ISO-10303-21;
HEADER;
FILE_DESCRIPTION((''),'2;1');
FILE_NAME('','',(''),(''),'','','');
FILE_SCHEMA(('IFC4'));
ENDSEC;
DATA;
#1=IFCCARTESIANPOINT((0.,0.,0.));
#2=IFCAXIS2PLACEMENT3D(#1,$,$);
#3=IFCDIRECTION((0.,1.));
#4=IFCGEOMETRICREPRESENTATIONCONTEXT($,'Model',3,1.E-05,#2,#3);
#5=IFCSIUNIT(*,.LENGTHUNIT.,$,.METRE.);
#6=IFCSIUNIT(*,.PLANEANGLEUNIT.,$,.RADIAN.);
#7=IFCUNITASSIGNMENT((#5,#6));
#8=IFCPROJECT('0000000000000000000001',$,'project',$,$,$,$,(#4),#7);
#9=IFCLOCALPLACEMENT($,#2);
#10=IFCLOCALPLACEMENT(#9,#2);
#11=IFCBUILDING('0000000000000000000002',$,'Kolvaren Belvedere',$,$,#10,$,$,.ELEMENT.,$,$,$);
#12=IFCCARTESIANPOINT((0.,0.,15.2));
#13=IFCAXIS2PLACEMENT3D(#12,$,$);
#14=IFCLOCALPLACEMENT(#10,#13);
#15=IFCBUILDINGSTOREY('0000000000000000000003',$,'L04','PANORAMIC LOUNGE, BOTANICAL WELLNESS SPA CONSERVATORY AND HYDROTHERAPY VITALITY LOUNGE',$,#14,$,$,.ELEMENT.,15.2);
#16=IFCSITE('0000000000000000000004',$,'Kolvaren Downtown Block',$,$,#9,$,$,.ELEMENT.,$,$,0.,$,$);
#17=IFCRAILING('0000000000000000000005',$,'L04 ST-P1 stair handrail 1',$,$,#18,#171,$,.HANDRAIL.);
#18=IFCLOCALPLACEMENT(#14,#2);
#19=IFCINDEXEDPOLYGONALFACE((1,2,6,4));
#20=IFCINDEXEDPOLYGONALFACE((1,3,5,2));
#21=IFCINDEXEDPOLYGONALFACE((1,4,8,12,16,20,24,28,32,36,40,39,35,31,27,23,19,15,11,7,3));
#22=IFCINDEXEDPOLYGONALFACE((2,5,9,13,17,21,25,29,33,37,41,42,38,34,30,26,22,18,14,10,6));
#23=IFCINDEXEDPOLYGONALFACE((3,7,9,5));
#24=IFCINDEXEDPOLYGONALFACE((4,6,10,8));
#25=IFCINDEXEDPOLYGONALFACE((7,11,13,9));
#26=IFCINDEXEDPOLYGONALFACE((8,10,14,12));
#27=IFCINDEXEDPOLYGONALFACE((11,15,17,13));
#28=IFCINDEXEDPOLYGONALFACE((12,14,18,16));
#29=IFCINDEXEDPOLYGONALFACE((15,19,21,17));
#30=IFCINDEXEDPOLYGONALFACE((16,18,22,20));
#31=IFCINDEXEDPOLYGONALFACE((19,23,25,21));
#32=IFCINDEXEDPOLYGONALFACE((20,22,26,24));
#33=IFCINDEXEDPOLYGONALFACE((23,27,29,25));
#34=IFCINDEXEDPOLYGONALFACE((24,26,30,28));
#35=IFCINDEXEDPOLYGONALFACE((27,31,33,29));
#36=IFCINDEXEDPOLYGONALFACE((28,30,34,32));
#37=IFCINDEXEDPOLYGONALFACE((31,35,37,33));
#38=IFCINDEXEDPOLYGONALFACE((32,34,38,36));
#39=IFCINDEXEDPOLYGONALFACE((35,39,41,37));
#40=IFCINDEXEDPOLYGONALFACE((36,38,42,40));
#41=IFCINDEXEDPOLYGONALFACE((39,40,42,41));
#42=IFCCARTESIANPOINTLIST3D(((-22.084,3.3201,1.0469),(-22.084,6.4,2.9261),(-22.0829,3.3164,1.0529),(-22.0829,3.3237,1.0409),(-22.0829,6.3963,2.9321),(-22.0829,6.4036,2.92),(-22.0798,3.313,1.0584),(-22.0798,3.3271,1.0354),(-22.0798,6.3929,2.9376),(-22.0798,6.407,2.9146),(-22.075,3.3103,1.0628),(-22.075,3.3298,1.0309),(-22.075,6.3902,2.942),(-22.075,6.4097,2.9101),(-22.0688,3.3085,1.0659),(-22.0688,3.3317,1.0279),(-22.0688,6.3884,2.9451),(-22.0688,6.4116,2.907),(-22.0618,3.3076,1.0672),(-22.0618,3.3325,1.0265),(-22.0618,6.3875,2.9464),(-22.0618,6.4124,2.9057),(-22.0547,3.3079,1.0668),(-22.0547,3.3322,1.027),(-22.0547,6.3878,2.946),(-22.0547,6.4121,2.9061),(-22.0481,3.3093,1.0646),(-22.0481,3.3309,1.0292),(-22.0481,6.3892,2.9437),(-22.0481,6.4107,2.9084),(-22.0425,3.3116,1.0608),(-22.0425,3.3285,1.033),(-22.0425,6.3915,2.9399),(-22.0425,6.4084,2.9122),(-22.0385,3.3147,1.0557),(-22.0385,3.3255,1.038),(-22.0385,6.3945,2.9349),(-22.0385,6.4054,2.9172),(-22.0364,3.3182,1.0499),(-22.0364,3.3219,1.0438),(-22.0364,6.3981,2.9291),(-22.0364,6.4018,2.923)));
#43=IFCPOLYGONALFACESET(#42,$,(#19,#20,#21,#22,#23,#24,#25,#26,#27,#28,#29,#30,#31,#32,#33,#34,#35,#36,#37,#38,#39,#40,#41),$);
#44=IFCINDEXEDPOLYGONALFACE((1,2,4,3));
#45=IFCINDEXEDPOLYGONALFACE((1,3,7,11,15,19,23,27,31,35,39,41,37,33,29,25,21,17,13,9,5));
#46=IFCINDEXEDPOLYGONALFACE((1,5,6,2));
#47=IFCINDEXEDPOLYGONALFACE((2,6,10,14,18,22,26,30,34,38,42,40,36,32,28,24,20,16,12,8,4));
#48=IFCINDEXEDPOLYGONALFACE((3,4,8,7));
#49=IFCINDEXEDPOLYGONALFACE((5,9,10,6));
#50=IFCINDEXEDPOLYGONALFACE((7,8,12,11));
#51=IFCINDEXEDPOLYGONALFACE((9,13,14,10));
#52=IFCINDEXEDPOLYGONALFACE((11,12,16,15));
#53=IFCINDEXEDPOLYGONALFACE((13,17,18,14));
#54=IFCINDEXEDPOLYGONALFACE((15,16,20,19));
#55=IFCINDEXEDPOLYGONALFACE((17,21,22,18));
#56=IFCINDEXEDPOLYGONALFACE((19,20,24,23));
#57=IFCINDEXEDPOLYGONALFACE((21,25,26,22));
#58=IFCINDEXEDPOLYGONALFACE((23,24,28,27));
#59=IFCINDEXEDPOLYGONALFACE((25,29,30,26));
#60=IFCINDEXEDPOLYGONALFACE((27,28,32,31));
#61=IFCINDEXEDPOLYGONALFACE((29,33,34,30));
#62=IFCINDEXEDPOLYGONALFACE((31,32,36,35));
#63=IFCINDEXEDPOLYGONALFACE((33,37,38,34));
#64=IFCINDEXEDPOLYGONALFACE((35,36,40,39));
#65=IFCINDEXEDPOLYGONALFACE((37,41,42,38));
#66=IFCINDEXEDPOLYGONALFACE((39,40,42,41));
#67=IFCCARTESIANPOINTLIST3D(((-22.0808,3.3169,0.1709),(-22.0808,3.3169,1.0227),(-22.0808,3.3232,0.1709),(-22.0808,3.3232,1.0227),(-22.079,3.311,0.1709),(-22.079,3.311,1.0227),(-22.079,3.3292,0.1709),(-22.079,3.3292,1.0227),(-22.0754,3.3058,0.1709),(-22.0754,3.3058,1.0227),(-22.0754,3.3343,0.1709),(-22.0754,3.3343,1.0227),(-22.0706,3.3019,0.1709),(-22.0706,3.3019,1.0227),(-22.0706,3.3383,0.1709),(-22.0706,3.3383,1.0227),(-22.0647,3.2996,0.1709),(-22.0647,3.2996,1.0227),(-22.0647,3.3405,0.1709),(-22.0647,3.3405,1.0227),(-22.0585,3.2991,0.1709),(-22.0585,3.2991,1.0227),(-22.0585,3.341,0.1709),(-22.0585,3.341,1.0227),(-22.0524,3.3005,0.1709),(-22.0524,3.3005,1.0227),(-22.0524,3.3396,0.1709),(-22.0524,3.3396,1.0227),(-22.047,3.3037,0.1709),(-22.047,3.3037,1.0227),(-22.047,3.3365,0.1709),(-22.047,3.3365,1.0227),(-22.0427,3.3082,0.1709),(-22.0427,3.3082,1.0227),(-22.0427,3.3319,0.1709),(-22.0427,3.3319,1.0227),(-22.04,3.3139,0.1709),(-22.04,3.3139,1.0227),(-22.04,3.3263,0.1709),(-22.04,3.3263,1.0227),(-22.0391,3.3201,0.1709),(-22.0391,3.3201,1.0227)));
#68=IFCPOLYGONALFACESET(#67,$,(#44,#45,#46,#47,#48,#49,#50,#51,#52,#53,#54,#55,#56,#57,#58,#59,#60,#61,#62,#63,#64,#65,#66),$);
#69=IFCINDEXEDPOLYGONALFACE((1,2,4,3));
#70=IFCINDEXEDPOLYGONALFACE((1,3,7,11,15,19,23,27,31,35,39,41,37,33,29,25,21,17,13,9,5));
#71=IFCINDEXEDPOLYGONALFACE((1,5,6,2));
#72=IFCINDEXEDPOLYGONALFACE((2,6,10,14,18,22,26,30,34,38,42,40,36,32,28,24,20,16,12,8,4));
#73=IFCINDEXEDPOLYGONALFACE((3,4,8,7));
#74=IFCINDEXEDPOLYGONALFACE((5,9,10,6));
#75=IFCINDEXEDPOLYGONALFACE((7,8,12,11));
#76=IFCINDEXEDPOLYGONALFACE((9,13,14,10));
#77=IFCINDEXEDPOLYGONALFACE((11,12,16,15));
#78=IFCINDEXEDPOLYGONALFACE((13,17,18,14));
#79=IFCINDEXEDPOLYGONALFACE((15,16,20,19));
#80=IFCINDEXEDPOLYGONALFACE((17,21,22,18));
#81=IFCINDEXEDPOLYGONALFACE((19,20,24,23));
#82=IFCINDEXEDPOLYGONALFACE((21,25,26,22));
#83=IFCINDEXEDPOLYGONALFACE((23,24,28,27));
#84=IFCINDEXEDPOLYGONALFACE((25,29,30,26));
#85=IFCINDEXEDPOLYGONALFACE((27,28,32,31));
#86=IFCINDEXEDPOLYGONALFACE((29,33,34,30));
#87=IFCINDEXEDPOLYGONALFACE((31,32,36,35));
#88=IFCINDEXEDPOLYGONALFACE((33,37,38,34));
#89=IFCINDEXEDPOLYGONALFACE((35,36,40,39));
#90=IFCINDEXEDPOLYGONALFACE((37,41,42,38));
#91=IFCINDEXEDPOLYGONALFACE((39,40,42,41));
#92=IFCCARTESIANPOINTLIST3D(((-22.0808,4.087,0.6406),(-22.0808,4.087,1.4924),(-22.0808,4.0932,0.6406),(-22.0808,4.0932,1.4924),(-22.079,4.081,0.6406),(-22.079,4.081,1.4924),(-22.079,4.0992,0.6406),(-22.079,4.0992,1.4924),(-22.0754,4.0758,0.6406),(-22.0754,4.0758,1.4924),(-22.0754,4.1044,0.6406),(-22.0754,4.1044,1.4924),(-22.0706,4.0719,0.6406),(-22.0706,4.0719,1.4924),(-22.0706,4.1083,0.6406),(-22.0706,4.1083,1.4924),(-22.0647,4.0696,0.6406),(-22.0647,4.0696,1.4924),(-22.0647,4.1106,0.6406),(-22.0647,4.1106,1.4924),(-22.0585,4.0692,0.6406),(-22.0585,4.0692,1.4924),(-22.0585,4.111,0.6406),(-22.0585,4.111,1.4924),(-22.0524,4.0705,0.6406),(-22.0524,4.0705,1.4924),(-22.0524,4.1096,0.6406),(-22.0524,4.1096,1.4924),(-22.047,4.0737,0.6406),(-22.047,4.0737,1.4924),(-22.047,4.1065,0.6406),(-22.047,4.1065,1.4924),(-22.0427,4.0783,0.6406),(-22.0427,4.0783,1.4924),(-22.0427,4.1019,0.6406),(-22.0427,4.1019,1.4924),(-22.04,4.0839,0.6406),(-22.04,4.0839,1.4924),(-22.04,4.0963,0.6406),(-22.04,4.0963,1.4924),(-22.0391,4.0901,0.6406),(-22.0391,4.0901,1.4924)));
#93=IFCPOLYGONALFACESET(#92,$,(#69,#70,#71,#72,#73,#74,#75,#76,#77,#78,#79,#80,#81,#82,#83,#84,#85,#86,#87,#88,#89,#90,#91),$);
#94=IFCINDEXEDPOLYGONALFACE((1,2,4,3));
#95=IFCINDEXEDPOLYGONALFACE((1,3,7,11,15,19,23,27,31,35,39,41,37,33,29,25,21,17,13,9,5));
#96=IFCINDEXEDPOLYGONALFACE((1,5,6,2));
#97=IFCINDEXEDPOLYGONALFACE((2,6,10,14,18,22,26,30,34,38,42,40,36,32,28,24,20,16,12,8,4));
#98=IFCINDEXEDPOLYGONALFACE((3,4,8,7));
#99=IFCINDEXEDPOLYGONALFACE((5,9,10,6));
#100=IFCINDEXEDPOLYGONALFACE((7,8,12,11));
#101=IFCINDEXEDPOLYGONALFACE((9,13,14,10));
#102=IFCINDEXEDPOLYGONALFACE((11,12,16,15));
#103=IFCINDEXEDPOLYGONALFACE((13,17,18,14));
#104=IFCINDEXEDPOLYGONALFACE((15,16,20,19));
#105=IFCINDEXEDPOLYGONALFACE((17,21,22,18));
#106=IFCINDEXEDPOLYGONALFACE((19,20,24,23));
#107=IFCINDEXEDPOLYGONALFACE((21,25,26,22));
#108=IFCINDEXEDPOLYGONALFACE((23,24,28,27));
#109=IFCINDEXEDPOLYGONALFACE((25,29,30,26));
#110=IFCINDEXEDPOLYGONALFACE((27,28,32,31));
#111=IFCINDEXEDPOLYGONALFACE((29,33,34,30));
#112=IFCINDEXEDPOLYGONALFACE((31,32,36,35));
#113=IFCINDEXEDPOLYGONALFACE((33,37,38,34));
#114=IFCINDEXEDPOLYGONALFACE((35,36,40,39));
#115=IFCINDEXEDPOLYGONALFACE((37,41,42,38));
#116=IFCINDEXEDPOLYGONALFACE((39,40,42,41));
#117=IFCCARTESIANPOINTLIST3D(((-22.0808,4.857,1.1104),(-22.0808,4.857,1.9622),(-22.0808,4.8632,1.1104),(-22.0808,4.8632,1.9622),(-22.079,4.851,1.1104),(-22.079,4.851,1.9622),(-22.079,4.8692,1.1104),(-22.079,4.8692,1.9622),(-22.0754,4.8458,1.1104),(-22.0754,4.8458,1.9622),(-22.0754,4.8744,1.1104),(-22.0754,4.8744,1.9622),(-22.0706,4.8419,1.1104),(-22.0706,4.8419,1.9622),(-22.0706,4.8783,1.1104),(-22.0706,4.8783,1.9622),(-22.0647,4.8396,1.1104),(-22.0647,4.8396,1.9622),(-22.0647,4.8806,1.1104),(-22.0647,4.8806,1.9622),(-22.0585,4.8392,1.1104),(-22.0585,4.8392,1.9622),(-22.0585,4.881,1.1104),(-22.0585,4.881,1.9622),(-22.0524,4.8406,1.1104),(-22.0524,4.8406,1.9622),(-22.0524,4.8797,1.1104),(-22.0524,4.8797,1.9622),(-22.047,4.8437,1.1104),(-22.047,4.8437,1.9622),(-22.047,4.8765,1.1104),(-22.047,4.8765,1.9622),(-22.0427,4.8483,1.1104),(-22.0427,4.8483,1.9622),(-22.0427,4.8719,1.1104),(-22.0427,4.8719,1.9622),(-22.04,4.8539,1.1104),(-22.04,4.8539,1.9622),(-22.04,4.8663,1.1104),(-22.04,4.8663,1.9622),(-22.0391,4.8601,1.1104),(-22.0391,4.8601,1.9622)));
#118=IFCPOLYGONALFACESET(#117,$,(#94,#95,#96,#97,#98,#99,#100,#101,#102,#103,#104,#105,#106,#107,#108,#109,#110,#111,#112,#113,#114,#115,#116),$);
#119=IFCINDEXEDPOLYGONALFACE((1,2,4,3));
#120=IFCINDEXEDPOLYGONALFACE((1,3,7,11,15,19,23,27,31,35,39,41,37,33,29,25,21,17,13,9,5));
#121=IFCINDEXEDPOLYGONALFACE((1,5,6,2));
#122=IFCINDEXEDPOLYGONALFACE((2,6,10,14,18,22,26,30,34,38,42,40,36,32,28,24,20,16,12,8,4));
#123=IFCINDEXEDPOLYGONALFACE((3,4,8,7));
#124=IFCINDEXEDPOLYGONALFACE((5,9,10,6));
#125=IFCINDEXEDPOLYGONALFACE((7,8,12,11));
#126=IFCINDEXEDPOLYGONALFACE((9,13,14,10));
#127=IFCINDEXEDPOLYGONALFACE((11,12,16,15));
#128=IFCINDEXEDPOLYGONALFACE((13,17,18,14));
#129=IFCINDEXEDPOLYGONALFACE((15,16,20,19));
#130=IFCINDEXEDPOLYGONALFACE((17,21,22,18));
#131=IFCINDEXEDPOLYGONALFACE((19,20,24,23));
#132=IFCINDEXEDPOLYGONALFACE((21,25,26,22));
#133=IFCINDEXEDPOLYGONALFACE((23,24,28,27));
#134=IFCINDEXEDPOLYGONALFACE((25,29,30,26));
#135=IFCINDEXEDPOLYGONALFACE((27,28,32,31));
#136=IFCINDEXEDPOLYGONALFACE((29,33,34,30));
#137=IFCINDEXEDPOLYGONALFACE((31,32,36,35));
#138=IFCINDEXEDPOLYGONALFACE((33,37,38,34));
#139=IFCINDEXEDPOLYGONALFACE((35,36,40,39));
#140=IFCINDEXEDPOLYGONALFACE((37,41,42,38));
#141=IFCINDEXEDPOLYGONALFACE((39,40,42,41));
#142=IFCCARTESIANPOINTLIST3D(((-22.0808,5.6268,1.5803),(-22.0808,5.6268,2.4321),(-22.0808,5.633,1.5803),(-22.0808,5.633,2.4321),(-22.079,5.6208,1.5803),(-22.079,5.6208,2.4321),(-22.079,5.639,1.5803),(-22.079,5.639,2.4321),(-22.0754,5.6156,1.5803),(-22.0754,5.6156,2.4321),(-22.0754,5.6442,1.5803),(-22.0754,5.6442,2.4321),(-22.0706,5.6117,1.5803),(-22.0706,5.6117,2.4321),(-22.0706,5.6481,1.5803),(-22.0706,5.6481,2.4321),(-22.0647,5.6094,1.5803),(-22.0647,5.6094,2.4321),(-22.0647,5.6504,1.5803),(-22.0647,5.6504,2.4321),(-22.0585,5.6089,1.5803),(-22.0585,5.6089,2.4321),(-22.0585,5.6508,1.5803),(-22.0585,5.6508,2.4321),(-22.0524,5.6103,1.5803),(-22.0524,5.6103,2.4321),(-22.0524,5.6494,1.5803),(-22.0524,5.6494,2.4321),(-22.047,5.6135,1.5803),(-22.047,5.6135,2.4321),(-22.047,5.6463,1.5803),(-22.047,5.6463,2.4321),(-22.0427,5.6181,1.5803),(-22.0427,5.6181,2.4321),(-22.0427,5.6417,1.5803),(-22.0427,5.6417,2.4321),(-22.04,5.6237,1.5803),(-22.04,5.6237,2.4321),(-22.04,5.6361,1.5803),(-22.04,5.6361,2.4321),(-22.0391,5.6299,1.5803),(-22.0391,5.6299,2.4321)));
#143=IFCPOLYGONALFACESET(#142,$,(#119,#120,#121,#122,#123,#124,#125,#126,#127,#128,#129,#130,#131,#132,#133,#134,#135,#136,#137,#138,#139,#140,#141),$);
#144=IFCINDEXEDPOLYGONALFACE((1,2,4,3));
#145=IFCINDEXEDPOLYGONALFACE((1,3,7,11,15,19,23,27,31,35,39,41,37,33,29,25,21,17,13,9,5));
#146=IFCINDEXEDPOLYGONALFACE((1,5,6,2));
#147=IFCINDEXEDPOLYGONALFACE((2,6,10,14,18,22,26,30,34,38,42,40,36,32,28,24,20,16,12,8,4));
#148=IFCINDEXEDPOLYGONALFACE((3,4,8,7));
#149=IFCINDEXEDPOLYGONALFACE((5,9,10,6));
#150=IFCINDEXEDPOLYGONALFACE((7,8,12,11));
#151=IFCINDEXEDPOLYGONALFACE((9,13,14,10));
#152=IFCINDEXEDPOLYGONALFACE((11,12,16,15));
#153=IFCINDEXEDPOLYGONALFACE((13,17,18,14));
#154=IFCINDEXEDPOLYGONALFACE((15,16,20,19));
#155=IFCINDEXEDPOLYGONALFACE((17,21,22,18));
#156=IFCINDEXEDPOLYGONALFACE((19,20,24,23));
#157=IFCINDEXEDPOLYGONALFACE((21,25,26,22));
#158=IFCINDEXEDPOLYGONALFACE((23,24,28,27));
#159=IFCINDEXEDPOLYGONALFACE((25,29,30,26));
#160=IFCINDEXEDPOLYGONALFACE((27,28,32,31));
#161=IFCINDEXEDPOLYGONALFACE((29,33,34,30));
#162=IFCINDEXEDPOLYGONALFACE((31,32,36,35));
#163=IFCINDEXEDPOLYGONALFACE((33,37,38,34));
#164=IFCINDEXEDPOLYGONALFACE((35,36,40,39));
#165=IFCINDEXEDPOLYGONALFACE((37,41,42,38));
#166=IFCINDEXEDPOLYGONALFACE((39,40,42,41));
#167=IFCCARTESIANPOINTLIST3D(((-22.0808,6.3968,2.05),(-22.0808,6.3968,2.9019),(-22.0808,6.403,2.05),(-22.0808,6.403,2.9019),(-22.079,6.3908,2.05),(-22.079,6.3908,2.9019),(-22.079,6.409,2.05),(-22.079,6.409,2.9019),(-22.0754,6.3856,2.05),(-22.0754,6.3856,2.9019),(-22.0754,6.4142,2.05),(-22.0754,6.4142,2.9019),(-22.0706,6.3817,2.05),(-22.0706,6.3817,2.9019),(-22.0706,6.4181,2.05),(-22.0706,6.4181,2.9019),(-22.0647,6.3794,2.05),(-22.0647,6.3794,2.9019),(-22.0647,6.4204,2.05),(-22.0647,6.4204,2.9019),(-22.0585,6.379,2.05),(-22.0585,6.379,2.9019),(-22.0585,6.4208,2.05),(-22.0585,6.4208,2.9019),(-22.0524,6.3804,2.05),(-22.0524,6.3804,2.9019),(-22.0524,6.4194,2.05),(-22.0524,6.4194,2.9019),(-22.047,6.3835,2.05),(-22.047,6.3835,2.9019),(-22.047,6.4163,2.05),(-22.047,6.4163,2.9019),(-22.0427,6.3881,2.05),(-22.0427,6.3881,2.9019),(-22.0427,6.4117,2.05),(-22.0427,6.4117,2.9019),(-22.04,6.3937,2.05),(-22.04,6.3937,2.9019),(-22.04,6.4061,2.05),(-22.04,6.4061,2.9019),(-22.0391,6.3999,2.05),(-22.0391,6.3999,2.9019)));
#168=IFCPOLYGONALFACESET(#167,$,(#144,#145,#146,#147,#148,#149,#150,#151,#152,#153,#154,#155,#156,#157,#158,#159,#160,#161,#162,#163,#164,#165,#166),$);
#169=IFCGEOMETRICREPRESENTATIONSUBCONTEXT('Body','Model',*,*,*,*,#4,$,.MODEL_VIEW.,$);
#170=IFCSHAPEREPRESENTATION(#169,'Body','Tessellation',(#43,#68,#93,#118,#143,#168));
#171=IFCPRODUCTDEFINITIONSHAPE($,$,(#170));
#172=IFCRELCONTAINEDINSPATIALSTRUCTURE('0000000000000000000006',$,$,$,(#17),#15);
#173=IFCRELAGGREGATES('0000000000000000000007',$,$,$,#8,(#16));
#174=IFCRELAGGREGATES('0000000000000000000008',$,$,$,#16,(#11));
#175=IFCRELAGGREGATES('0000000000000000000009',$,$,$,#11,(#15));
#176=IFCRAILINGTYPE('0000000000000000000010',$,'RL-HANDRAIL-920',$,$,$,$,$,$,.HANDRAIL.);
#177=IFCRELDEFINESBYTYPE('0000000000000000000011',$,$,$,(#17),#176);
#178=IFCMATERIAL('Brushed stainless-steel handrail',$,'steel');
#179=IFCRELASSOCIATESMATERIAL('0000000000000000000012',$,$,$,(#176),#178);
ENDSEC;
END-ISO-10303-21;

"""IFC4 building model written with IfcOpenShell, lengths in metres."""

from ifc_helpers import new_model, si_unit, direction, frame, origin, origin_2d, place, context, subcontext, project, spatial, circle, extrude, material, type_object, element, save


model = new_model("IFC4")

# Units and contexts
model_context = context("Model", 3, precision=1e-05, world=origin(), true_north=direction((0.0, 1.0)))
body_context = subcontext(model_context, "Body", "Model", "MODEL_VIEW")
ifc_project = project(units=[si_unit("LENGTHUNIT", "METRE"), si_unit("PLANEANGLEUNIT", "RADIAN")], contexts=[model_context])

# Site, building, storey
site_placement = place(None, origin())
site = spatial("IfcSite", under=ifc_project, at=site_placement, Name="Kolvaren Downtown Block", CompositionType="ELEMENT", RefElevation=0.0)
building_placement = place(site_placement, origin())
building = spatial("IfcBuilding", under=site, at=building_placement, Name="Kolvaren Belvedere", CompositionType="ELEMENT")
storey_placement = place(building_placement, frame((0.0, 0.0, 15.2)))
storey = spatial("IfcBuildingStorey", under=building, at=storey_placement, Name="L04", Description="PANORAMIC LOUNGE, BOTANICAL WELLNESS SPA CONSERVATORY AND HYDROTHERAPY VITALITY LOUNGE", CompositionType="ELEMENT", Elevation=15.2)

# Railing
ifc_material_1 = material(Name="Brushed stainless-steel handrail", Category="steel")
railing_type_1 = type_object("IfcRailingType", Name="RL-HANDRAIL-920", PredefinedType="HANDRAIL", material=ifc_material_1)
railing_1_placement = place(storey_placement, frame((-22.0601, 3.3201, 0.1709)))
element("IfcRailing", 1, at=railing_1_placement, inside=storey, type_object=railing_type_1, Name="L04 ST-P1 stair handrail 1", PredefinedType="HANDRAIL", context=body_context, shape_type="SweptSolid", body=[
    extrude(circle(Radius=0.0239, at=origin_2d()), frame((0.0, 0.0, 0.876), z_axis=(0.0, 0.853648, 0.52085), x_axis=(-1.0, 0.0, 0.0)), (0.0, 0.0, 1.0), 3.6079),
    extrude(circle(Radius=0.021, at=origin_2d()), origin(), (0.0, 0.0, 1.0), 0.8518),
    extrude(circle(Radius=0.021, at=origin_2d()), frame((0.0, 0.77, 0.4697)), (0.0, 0.0, 1.0), 0.8518),
    extrude(circle(Radius=0.021, at=origin_2d()), frame((0.0, 1.54, 0.9395)), (0.0, 0.0, 1.0), 0.8518),
    extrude(circle(Radius=0.021, at=origin_2d()), frame((0.0, 2.3098, 1.4094)), (0.0, 0.0, 1.0), 0.8518),
    extrude(circle(Radius=0.021, at=origin_2d()), frame((0.0, 3.0798, 1.8792)), (0.0, 0.0, 1.0), 0.8518),
])

save(model, "model.ifc")
